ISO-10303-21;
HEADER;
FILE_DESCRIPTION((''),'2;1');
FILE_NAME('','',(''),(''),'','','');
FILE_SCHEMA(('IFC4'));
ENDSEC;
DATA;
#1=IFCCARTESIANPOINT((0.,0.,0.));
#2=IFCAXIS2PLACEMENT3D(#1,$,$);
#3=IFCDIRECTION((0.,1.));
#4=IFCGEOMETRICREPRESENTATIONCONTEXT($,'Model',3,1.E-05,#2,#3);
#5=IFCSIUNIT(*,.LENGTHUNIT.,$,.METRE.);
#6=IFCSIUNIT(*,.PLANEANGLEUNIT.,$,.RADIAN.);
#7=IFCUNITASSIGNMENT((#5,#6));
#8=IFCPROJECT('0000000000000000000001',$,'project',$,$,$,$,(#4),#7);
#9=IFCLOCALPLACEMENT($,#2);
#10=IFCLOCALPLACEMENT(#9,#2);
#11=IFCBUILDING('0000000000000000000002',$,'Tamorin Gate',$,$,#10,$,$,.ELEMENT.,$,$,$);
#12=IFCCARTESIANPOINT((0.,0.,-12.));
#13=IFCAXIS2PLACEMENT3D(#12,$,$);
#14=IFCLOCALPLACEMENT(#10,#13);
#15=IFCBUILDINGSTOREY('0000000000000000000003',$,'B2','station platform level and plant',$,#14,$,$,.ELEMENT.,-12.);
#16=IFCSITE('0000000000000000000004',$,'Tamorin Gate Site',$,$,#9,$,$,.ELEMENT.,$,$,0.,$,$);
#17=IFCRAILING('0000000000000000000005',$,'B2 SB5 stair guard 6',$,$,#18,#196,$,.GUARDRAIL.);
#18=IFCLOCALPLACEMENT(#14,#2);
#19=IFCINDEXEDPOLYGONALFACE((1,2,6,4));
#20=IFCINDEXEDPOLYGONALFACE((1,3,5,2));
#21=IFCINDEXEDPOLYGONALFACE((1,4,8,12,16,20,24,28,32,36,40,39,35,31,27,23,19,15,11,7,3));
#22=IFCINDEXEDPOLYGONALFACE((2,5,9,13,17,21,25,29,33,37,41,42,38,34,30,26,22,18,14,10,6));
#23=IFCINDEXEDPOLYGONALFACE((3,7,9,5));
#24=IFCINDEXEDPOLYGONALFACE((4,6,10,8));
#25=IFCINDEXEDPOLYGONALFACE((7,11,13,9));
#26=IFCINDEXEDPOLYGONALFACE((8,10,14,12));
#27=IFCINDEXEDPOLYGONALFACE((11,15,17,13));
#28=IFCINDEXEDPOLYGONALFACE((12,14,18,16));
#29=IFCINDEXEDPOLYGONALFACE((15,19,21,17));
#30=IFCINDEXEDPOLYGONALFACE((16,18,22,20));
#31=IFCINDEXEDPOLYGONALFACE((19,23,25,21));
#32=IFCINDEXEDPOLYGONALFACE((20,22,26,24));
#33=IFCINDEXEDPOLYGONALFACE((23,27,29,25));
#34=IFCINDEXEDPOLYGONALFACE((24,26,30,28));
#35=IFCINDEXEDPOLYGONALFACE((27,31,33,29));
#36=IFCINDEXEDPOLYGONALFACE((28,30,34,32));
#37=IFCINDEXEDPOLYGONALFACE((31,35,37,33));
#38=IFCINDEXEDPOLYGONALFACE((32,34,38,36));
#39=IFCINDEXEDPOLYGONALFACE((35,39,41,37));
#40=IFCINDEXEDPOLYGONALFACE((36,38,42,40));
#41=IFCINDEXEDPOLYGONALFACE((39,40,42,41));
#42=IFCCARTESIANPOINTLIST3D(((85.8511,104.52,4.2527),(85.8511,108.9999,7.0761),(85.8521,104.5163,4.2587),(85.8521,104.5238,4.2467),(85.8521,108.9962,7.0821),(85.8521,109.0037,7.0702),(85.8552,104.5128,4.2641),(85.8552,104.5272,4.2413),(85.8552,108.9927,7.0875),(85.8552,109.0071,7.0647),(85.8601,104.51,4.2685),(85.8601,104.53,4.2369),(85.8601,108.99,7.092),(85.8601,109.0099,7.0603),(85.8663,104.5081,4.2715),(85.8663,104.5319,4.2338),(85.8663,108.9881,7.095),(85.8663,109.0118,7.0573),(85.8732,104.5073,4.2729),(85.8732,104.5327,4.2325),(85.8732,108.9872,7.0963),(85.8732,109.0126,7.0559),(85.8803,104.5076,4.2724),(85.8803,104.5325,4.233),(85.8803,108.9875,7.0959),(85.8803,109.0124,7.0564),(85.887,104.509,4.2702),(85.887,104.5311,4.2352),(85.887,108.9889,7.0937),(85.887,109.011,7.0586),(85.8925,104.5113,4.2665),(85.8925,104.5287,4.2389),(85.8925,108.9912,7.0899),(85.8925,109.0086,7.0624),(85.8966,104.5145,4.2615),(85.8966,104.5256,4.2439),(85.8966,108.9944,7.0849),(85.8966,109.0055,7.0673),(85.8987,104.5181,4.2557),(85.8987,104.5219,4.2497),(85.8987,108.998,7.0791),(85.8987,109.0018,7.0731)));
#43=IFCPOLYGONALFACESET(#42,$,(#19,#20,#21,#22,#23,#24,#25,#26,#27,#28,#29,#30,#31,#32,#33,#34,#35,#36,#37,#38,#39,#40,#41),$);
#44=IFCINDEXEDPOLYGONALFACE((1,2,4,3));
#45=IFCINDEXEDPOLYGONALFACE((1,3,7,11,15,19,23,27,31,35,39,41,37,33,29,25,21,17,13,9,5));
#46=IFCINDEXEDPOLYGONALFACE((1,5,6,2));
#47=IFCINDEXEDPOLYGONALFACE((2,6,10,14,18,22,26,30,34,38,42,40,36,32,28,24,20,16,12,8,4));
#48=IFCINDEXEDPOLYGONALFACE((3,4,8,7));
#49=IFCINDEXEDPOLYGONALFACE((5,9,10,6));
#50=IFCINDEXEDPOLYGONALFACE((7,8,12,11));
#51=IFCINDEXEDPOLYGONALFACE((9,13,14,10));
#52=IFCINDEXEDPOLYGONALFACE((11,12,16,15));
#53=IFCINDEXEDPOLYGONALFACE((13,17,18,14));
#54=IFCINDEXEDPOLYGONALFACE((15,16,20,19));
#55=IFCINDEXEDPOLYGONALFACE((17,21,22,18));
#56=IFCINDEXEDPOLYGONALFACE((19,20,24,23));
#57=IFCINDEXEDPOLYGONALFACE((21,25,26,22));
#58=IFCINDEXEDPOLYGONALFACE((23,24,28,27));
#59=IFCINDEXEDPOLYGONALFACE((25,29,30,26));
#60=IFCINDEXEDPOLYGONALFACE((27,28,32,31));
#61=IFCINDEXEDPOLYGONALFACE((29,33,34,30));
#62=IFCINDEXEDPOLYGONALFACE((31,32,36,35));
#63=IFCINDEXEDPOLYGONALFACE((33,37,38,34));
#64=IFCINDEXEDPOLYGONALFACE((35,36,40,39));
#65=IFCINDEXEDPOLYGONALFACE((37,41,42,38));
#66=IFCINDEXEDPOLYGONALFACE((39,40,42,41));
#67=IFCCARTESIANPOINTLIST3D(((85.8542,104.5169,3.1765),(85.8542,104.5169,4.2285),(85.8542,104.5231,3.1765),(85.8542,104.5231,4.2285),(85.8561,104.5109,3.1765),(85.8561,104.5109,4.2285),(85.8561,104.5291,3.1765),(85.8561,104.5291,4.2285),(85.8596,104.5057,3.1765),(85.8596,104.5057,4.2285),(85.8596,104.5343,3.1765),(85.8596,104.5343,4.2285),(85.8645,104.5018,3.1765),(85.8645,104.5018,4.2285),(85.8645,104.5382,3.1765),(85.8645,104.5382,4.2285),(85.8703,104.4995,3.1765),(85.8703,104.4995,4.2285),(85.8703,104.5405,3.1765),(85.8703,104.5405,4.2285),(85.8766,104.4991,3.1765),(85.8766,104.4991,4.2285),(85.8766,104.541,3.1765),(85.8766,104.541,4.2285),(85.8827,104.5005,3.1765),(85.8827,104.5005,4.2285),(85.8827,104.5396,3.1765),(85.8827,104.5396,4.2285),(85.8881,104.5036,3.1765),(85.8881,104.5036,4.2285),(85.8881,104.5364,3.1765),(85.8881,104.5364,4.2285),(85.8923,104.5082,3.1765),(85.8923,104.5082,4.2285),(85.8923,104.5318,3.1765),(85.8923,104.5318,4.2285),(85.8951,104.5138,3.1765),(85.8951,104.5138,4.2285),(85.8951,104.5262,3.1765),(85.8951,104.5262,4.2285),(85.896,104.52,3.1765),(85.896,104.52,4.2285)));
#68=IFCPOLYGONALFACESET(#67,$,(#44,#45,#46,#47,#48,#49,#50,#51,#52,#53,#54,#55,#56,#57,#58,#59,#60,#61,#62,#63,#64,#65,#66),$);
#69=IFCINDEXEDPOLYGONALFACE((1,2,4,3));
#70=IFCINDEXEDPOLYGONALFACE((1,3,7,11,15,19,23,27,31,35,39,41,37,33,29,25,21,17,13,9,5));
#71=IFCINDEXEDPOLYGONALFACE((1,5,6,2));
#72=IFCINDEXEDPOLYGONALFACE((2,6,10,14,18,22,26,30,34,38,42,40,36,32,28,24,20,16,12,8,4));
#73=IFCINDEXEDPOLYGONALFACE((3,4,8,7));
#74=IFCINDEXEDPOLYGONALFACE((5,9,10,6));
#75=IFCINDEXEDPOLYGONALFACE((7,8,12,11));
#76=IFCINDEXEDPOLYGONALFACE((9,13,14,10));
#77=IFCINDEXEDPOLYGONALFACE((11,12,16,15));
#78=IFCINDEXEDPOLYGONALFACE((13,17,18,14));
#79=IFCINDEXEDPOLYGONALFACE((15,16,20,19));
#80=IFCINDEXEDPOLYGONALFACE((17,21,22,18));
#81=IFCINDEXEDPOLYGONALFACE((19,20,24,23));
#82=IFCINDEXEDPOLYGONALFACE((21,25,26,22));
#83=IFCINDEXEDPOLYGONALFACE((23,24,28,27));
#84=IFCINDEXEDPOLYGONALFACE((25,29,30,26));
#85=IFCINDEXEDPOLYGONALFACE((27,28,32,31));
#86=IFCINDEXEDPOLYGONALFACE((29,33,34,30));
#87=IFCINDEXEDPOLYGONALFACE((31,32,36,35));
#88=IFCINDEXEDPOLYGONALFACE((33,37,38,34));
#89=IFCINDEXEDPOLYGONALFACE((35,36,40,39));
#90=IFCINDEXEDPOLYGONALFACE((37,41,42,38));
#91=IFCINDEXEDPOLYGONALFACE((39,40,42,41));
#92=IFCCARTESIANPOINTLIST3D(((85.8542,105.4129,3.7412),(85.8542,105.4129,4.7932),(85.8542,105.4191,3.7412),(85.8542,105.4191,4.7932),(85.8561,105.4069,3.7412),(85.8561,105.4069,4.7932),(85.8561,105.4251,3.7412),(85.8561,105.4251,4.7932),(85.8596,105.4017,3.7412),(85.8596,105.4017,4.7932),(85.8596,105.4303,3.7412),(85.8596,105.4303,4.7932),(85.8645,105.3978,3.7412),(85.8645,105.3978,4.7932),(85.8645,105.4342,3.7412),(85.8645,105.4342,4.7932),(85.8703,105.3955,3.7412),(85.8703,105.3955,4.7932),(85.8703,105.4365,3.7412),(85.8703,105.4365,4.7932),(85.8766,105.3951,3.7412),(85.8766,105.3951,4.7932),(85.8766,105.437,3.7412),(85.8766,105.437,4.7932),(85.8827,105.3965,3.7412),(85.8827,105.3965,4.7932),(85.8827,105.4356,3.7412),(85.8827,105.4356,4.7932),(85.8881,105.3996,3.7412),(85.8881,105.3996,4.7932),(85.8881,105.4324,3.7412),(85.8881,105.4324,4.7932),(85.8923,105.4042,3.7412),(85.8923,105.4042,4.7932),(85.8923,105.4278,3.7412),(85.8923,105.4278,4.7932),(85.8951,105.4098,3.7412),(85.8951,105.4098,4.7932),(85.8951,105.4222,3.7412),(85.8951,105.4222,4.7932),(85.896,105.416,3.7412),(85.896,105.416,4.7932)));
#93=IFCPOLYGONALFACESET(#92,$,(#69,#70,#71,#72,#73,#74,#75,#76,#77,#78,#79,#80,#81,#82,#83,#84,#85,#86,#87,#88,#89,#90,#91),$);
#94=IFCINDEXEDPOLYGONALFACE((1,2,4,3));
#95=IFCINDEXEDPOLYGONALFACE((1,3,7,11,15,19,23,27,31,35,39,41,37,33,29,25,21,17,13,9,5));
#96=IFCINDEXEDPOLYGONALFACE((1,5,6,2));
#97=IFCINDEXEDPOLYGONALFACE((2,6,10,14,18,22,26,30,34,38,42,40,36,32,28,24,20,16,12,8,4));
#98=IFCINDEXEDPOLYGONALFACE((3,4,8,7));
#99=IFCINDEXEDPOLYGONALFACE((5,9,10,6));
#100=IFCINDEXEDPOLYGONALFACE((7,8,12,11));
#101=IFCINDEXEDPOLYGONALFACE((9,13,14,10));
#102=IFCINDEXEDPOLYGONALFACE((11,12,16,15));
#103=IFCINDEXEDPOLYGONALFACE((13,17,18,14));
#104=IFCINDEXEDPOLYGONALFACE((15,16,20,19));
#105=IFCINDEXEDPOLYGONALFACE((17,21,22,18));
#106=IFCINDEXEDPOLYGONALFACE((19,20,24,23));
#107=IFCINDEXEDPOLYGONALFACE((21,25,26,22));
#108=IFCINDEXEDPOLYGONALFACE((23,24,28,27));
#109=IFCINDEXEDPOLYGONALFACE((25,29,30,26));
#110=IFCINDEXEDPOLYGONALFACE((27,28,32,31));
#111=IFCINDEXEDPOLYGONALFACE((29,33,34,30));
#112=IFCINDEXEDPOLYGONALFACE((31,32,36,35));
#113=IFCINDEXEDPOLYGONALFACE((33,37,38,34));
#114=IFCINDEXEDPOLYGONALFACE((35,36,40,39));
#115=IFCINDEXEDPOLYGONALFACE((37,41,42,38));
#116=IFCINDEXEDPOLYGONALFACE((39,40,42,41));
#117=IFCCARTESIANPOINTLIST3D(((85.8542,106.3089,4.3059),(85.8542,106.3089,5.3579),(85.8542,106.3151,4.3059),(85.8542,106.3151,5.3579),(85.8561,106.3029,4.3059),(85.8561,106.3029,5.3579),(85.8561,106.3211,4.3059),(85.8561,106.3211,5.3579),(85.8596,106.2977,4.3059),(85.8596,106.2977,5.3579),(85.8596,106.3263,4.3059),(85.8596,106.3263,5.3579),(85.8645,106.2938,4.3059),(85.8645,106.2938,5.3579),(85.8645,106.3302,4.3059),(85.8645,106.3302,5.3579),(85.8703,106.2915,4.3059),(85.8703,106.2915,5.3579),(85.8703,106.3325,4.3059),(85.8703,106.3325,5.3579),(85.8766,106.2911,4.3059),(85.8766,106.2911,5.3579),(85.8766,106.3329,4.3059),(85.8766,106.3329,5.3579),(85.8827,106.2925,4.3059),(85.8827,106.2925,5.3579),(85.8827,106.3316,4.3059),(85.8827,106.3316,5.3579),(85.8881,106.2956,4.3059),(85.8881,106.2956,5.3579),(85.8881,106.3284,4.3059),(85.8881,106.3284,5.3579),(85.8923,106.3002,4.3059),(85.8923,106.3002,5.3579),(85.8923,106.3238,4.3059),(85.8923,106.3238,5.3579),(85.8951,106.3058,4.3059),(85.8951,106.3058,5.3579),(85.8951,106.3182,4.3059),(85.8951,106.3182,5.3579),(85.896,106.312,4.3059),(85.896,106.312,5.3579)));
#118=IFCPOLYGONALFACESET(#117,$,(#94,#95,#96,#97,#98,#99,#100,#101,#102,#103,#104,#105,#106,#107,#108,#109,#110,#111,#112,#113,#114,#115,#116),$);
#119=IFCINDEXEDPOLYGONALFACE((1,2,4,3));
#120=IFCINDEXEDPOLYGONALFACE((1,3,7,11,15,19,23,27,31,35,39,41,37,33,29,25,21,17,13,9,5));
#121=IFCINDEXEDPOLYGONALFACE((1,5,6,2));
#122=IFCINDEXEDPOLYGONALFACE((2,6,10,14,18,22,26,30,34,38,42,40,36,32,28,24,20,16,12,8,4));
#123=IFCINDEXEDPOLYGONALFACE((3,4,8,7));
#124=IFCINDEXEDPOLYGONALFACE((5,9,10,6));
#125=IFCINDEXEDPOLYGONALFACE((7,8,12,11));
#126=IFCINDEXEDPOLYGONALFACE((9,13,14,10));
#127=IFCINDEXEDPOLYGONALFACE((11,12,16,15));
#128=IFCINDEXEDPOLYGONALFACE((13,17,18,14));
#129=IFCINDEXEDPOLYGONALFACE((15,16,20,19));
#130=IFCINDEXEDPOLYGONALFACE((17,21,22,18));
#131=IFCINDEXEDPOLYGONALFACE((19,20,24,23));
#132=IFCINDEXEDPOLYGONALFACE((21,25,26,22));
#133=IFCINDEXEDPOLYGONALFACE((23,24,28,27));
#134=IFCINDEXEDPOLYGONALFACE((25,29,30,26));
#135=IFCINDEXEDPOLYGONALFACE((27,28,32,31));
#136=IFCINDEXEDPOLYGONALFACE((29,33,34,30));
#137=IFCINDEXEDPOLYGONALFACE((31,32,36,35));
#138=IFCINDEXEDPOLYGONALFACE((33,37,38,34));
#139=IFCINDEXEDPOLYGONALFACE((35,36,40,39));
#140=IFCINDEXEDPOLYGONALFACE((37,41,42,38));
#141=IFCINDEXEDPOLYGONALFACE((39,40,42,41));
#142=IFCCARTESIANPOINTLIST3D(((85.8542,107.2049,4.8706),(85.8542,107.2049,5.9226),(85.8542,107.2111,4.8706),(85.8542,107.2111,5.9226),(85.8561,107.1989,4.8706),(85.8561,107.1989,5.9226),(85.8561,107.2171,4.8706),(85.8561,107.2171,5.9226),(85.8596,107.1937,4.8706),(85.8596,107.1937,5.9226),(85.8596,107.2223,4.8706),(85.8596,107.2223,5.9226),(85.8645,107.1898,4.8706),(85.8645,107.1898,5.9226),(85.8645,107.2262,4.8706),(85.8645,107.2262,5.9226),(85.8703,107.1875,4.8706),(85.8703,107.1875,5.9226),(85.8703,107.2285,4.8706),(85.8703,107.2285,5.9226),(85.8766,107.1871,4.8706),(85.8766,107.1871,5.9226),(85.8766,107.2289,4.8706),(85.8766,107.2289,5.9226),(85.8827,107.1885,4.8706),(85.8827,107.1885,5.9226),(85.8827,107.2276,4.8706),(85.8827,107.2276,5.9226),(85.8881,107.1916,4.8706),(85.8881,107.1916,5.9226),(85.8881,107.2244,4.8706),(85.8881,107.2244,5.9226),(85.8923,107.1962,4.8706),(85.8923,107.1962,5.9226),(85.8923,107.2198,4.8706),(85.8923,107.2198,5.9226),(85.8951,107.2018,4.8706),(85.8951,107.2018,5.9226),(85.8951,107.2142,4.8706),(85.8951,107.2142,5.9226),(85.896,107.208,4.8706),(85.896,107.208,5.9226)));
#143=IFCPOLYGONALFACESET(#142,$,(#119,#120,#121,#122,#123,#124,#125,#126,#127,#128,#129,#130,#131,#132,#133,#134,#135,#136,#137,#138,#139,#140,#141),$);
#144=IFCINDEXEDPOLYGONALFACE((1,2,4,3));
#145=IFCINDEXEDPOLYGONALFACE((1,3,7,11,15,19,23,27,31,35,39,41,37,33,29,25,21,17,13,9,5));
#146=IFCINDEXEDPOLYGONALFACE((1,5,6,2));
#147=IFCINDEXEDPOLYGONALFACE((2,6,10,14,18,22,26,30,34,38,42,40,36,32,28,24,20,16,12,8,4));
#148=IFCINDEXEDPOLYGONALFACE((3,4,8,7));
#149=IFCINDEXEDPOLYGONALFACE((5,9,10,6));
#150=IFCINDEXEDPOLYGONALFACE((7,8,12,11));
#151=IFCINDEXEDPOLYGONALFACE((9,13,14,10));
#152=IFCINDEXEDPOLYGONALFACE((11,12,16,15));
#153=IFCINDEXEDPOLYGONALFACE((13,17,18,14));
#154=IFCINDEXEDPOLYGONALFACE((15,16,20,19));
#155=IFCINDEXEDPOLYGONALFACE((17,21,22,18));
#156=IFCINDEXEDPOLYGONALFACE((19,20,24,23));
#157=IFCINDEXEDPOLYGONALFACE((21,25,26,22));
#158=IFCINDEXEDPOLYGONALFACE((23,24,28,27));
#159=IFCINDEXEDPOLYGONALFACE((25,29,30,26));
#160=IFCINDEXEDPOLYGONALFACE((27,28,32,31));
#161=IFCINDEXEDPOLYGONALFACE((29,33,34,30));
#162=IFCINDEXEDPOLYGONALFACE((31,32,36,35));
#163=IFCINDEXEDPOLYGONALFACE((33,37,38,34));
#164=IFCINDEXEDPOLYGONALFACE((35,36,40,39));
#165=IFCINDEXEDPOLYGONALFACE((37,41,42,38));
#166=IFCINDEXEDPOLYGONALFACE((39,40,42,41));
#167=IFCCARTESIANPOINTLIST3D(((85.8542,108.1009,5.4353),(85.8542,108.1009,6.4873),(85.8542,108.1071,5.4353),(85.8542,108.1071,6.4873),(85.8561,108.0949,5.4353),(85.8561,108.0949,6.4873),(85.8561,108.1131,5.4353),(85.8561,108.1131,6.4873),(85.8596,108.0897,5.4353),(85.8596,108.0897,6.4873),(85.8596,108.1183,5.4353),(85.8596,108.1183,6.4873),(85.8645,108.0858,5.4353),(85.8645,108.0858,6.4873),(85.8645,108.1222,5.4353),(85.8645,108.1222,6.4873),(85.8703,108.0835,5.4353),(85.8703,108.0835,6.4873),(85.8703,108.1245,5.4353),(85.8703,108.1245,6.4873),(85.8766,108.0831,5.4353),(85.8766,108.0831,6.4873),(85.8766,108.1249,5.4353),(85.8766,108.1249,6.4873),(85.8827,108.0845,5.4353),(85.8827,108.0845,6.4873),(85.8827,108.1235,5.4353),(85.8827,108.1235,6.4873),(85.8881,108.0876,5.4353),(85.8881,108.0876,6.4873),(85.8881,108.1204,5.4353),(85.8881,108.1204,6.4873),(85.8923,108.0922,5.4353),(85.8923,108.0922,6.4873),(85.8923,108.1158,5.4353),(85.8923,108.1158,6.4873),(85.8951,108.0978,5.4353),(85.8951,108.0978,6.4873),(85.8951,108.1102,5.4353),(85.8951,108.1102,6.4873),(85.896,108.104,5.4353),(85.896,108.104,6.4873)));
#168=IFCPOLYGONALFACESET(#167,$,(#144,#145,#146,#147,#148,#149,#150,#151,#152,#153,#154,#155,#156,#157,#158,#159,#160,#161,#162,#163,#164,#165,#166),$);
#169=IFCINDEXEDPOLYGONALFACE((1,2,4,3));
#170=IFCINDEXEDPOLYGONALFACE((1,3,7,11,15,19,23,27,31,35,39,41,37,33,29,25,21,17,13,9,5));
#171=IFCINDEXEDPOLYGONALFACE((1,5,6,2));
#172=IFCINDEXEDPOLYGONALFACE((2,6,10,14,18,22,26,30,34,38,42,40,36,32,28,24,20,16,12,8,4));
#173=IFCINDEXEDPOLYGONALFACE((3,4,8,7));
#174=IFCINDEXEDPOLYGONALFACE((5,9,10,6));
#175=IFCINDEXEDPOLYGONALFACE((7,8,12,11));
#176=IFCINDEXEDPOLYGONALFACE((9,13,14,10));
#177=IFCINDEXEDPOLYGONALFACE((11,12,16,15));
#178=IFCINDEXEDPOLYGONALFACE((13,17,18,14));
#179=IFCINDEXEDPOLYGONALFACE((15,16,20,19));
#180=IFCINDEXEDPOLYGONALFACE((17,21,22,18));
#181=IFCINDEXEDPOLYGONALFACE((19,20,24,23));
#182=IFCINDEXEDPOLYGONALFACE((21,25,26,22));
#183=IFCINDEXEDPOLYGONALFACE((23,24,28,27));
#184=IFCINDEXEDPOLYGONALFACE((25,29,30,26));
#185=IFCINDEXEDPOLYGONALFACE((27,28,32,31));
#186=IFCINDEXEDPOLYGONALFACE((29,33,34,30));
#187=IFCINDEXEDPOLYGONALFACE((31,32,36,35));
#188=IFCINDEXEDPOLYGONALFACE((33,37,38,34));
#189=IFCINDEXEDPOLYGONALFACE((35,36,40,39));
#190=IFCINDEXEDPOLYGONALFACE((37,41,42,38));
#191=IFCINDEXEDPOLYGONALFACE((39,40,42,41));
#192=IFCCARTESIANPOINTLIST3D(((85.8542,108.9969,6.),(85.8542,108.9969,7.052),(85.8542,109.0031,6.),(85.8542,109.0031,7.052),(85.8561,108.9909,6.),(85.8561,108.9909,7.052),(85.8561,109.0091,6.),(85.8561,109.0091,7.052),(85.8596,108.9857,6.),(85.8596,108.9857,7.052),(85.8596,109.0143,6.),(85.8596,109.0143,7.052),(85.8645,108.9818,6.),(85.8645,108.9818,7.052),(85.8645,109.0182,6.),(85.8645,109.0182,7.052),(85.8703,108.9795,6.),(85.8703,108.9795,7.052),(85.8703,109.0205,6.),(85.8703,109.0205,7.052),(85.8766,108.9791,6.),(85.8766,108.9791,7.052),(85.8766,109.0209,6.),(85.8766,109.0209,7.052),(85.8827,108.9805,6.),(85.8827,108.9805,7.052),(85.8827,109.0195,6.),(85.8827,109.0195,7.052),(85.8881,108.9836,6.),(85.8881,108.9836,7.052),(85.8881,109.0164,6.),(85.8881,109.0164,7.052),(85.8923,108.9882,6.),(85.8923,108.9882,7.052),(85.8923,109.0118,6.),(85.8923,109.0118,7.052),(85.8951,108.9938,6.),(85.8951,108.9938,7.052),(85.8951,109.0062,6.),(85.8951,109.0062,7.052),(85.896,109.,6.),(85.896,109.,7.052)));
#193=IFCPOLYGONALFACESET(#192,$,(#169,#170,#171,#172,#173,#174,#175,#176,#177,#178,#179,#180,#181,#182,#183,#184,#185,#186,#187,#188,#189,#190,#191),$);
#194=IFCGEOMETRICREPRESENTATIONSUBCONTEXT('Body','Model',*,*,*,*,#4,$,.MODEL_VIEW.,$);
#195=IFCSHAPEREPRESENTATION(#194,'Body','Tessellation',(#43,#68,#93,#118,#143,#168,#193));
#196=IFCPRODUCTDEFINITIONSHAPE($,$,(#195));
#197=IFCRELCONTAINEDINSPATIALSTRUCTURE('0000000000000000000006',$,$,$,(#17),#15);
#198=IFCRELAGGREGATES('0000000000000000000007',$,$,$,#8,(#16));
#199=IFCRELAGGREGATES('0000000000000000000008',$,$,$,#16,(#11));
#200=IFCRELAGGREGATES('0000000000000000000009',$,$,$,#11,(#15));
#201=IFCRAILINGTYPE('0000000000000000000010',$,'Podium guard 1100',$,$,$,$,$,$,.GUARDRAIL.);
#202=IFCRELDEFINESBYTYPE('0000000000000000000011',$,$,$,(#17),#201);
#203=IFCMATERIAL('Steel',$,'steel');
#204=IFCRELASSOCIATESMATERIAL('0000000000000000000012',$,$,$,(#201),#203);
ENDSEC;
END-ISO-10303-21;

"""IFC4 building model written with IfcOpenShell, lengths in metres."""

from ifc_helpers import new_model, si_unit, direction, frame, origin, origin_2d, place, context, subcontext, project, spatial, circle, extrude, material, type_object, element, save


model = new_model("IFC4")

# Units and contexts
model_context = context("Model", 3, precision=1e-05, world=origin(), true_north=direction((0.0, 1.0)))
body_context = subcontext(model_context, "Body", "Model", "MODEL_VIEW")
ifc_project = project(units=[si_unit("LENGTHUNIT", "METRE"), si_unit("PLANEANGLEUNIT", "RADIAN")], contexts=[model_context])

# Site, building, storey
site_placement = place(None, origin())
site = spatial("IfcSite", under=ifc_project, at=site_placement, Name="Tamorin Gate Site", CompositionType="ELEMENT", RefElevation=0.0)
building_placement = place(site_placement, origin())
building = spatial("IfcBuilding", under=site, at=building_placement, Name="Tamorin Gate", CompositionType="ELEMENT")
storey_placement = place(building_placement, frame((0.0, 0.0, -12.0)))
storey = spatial("IfcBuildingStorey", under=building, at=storey_placement, Name="B2", Description="station platform level and plant", CompositionType="ELEMENT", Elevation=-12.0)

# Railing
ifc_material_1 = material(Name="Steel", Category="steel")
railing_type_1 = type_object("IfcRailingType", Name="Podium guard 1100", PredefinedType="GUARDRAIL", material=ifc_material_1)
railing_1_placement = place(storey_placement, frame((85.875, 104.52, 3.1765)))
element("IfcRailing", 1, at=railing_1_placement, inside=storey, type_object=railing_type_1, Name="B2 SB5 stair guard 6", PredefinedType="GUARDRAIL", context=body_context, shape_type="SweptSolid", body=[
    extrude(circle(Radius=0.0239, at=origin_2d()), frame((0.0, 0.0, 1.0762), z_axis=(0.0, 0.845998, 0.533186), x_axis=(-1.0, 0.0, 0.0)), (0.0, 0.0, 1.0), 5.2954),
    extrude(circle(Radius=0.021, at=origin_2d()), origin(), (0.0, 0.0, 1.0), 1.052),
    extrude(circle(Radius=0.021, at=origin_2d()), frame((0.0, 0.896, 0.5647)), (0.0, 0.0, 1.0), 1.052),
    extrude(circle(Radius=0.021, at=origin_2d()), frame((0.0, 1.792, 1.1294)), (0.0, 0.0, 1.0), 1.052),
    extrude(circle(Radius=0.021, at=origin_2d()), frame((0.0, 2.688, 1.6941)), (0.0, 0.0, 1.0), 1.052),
    extrude(circle(Radius=0.021, at=origin_2d()), frame((0.0, 3.584, 2.2588)), (0.0, 0.0, 1.0), 1.052),
    extrude(circle(Radius=0.021, at=origin_2d()), frame((0.0, 4.48, 2.8235)), (0.0, 0.0, 1.0), 1.052),
])

save(model, "model.ifc")
